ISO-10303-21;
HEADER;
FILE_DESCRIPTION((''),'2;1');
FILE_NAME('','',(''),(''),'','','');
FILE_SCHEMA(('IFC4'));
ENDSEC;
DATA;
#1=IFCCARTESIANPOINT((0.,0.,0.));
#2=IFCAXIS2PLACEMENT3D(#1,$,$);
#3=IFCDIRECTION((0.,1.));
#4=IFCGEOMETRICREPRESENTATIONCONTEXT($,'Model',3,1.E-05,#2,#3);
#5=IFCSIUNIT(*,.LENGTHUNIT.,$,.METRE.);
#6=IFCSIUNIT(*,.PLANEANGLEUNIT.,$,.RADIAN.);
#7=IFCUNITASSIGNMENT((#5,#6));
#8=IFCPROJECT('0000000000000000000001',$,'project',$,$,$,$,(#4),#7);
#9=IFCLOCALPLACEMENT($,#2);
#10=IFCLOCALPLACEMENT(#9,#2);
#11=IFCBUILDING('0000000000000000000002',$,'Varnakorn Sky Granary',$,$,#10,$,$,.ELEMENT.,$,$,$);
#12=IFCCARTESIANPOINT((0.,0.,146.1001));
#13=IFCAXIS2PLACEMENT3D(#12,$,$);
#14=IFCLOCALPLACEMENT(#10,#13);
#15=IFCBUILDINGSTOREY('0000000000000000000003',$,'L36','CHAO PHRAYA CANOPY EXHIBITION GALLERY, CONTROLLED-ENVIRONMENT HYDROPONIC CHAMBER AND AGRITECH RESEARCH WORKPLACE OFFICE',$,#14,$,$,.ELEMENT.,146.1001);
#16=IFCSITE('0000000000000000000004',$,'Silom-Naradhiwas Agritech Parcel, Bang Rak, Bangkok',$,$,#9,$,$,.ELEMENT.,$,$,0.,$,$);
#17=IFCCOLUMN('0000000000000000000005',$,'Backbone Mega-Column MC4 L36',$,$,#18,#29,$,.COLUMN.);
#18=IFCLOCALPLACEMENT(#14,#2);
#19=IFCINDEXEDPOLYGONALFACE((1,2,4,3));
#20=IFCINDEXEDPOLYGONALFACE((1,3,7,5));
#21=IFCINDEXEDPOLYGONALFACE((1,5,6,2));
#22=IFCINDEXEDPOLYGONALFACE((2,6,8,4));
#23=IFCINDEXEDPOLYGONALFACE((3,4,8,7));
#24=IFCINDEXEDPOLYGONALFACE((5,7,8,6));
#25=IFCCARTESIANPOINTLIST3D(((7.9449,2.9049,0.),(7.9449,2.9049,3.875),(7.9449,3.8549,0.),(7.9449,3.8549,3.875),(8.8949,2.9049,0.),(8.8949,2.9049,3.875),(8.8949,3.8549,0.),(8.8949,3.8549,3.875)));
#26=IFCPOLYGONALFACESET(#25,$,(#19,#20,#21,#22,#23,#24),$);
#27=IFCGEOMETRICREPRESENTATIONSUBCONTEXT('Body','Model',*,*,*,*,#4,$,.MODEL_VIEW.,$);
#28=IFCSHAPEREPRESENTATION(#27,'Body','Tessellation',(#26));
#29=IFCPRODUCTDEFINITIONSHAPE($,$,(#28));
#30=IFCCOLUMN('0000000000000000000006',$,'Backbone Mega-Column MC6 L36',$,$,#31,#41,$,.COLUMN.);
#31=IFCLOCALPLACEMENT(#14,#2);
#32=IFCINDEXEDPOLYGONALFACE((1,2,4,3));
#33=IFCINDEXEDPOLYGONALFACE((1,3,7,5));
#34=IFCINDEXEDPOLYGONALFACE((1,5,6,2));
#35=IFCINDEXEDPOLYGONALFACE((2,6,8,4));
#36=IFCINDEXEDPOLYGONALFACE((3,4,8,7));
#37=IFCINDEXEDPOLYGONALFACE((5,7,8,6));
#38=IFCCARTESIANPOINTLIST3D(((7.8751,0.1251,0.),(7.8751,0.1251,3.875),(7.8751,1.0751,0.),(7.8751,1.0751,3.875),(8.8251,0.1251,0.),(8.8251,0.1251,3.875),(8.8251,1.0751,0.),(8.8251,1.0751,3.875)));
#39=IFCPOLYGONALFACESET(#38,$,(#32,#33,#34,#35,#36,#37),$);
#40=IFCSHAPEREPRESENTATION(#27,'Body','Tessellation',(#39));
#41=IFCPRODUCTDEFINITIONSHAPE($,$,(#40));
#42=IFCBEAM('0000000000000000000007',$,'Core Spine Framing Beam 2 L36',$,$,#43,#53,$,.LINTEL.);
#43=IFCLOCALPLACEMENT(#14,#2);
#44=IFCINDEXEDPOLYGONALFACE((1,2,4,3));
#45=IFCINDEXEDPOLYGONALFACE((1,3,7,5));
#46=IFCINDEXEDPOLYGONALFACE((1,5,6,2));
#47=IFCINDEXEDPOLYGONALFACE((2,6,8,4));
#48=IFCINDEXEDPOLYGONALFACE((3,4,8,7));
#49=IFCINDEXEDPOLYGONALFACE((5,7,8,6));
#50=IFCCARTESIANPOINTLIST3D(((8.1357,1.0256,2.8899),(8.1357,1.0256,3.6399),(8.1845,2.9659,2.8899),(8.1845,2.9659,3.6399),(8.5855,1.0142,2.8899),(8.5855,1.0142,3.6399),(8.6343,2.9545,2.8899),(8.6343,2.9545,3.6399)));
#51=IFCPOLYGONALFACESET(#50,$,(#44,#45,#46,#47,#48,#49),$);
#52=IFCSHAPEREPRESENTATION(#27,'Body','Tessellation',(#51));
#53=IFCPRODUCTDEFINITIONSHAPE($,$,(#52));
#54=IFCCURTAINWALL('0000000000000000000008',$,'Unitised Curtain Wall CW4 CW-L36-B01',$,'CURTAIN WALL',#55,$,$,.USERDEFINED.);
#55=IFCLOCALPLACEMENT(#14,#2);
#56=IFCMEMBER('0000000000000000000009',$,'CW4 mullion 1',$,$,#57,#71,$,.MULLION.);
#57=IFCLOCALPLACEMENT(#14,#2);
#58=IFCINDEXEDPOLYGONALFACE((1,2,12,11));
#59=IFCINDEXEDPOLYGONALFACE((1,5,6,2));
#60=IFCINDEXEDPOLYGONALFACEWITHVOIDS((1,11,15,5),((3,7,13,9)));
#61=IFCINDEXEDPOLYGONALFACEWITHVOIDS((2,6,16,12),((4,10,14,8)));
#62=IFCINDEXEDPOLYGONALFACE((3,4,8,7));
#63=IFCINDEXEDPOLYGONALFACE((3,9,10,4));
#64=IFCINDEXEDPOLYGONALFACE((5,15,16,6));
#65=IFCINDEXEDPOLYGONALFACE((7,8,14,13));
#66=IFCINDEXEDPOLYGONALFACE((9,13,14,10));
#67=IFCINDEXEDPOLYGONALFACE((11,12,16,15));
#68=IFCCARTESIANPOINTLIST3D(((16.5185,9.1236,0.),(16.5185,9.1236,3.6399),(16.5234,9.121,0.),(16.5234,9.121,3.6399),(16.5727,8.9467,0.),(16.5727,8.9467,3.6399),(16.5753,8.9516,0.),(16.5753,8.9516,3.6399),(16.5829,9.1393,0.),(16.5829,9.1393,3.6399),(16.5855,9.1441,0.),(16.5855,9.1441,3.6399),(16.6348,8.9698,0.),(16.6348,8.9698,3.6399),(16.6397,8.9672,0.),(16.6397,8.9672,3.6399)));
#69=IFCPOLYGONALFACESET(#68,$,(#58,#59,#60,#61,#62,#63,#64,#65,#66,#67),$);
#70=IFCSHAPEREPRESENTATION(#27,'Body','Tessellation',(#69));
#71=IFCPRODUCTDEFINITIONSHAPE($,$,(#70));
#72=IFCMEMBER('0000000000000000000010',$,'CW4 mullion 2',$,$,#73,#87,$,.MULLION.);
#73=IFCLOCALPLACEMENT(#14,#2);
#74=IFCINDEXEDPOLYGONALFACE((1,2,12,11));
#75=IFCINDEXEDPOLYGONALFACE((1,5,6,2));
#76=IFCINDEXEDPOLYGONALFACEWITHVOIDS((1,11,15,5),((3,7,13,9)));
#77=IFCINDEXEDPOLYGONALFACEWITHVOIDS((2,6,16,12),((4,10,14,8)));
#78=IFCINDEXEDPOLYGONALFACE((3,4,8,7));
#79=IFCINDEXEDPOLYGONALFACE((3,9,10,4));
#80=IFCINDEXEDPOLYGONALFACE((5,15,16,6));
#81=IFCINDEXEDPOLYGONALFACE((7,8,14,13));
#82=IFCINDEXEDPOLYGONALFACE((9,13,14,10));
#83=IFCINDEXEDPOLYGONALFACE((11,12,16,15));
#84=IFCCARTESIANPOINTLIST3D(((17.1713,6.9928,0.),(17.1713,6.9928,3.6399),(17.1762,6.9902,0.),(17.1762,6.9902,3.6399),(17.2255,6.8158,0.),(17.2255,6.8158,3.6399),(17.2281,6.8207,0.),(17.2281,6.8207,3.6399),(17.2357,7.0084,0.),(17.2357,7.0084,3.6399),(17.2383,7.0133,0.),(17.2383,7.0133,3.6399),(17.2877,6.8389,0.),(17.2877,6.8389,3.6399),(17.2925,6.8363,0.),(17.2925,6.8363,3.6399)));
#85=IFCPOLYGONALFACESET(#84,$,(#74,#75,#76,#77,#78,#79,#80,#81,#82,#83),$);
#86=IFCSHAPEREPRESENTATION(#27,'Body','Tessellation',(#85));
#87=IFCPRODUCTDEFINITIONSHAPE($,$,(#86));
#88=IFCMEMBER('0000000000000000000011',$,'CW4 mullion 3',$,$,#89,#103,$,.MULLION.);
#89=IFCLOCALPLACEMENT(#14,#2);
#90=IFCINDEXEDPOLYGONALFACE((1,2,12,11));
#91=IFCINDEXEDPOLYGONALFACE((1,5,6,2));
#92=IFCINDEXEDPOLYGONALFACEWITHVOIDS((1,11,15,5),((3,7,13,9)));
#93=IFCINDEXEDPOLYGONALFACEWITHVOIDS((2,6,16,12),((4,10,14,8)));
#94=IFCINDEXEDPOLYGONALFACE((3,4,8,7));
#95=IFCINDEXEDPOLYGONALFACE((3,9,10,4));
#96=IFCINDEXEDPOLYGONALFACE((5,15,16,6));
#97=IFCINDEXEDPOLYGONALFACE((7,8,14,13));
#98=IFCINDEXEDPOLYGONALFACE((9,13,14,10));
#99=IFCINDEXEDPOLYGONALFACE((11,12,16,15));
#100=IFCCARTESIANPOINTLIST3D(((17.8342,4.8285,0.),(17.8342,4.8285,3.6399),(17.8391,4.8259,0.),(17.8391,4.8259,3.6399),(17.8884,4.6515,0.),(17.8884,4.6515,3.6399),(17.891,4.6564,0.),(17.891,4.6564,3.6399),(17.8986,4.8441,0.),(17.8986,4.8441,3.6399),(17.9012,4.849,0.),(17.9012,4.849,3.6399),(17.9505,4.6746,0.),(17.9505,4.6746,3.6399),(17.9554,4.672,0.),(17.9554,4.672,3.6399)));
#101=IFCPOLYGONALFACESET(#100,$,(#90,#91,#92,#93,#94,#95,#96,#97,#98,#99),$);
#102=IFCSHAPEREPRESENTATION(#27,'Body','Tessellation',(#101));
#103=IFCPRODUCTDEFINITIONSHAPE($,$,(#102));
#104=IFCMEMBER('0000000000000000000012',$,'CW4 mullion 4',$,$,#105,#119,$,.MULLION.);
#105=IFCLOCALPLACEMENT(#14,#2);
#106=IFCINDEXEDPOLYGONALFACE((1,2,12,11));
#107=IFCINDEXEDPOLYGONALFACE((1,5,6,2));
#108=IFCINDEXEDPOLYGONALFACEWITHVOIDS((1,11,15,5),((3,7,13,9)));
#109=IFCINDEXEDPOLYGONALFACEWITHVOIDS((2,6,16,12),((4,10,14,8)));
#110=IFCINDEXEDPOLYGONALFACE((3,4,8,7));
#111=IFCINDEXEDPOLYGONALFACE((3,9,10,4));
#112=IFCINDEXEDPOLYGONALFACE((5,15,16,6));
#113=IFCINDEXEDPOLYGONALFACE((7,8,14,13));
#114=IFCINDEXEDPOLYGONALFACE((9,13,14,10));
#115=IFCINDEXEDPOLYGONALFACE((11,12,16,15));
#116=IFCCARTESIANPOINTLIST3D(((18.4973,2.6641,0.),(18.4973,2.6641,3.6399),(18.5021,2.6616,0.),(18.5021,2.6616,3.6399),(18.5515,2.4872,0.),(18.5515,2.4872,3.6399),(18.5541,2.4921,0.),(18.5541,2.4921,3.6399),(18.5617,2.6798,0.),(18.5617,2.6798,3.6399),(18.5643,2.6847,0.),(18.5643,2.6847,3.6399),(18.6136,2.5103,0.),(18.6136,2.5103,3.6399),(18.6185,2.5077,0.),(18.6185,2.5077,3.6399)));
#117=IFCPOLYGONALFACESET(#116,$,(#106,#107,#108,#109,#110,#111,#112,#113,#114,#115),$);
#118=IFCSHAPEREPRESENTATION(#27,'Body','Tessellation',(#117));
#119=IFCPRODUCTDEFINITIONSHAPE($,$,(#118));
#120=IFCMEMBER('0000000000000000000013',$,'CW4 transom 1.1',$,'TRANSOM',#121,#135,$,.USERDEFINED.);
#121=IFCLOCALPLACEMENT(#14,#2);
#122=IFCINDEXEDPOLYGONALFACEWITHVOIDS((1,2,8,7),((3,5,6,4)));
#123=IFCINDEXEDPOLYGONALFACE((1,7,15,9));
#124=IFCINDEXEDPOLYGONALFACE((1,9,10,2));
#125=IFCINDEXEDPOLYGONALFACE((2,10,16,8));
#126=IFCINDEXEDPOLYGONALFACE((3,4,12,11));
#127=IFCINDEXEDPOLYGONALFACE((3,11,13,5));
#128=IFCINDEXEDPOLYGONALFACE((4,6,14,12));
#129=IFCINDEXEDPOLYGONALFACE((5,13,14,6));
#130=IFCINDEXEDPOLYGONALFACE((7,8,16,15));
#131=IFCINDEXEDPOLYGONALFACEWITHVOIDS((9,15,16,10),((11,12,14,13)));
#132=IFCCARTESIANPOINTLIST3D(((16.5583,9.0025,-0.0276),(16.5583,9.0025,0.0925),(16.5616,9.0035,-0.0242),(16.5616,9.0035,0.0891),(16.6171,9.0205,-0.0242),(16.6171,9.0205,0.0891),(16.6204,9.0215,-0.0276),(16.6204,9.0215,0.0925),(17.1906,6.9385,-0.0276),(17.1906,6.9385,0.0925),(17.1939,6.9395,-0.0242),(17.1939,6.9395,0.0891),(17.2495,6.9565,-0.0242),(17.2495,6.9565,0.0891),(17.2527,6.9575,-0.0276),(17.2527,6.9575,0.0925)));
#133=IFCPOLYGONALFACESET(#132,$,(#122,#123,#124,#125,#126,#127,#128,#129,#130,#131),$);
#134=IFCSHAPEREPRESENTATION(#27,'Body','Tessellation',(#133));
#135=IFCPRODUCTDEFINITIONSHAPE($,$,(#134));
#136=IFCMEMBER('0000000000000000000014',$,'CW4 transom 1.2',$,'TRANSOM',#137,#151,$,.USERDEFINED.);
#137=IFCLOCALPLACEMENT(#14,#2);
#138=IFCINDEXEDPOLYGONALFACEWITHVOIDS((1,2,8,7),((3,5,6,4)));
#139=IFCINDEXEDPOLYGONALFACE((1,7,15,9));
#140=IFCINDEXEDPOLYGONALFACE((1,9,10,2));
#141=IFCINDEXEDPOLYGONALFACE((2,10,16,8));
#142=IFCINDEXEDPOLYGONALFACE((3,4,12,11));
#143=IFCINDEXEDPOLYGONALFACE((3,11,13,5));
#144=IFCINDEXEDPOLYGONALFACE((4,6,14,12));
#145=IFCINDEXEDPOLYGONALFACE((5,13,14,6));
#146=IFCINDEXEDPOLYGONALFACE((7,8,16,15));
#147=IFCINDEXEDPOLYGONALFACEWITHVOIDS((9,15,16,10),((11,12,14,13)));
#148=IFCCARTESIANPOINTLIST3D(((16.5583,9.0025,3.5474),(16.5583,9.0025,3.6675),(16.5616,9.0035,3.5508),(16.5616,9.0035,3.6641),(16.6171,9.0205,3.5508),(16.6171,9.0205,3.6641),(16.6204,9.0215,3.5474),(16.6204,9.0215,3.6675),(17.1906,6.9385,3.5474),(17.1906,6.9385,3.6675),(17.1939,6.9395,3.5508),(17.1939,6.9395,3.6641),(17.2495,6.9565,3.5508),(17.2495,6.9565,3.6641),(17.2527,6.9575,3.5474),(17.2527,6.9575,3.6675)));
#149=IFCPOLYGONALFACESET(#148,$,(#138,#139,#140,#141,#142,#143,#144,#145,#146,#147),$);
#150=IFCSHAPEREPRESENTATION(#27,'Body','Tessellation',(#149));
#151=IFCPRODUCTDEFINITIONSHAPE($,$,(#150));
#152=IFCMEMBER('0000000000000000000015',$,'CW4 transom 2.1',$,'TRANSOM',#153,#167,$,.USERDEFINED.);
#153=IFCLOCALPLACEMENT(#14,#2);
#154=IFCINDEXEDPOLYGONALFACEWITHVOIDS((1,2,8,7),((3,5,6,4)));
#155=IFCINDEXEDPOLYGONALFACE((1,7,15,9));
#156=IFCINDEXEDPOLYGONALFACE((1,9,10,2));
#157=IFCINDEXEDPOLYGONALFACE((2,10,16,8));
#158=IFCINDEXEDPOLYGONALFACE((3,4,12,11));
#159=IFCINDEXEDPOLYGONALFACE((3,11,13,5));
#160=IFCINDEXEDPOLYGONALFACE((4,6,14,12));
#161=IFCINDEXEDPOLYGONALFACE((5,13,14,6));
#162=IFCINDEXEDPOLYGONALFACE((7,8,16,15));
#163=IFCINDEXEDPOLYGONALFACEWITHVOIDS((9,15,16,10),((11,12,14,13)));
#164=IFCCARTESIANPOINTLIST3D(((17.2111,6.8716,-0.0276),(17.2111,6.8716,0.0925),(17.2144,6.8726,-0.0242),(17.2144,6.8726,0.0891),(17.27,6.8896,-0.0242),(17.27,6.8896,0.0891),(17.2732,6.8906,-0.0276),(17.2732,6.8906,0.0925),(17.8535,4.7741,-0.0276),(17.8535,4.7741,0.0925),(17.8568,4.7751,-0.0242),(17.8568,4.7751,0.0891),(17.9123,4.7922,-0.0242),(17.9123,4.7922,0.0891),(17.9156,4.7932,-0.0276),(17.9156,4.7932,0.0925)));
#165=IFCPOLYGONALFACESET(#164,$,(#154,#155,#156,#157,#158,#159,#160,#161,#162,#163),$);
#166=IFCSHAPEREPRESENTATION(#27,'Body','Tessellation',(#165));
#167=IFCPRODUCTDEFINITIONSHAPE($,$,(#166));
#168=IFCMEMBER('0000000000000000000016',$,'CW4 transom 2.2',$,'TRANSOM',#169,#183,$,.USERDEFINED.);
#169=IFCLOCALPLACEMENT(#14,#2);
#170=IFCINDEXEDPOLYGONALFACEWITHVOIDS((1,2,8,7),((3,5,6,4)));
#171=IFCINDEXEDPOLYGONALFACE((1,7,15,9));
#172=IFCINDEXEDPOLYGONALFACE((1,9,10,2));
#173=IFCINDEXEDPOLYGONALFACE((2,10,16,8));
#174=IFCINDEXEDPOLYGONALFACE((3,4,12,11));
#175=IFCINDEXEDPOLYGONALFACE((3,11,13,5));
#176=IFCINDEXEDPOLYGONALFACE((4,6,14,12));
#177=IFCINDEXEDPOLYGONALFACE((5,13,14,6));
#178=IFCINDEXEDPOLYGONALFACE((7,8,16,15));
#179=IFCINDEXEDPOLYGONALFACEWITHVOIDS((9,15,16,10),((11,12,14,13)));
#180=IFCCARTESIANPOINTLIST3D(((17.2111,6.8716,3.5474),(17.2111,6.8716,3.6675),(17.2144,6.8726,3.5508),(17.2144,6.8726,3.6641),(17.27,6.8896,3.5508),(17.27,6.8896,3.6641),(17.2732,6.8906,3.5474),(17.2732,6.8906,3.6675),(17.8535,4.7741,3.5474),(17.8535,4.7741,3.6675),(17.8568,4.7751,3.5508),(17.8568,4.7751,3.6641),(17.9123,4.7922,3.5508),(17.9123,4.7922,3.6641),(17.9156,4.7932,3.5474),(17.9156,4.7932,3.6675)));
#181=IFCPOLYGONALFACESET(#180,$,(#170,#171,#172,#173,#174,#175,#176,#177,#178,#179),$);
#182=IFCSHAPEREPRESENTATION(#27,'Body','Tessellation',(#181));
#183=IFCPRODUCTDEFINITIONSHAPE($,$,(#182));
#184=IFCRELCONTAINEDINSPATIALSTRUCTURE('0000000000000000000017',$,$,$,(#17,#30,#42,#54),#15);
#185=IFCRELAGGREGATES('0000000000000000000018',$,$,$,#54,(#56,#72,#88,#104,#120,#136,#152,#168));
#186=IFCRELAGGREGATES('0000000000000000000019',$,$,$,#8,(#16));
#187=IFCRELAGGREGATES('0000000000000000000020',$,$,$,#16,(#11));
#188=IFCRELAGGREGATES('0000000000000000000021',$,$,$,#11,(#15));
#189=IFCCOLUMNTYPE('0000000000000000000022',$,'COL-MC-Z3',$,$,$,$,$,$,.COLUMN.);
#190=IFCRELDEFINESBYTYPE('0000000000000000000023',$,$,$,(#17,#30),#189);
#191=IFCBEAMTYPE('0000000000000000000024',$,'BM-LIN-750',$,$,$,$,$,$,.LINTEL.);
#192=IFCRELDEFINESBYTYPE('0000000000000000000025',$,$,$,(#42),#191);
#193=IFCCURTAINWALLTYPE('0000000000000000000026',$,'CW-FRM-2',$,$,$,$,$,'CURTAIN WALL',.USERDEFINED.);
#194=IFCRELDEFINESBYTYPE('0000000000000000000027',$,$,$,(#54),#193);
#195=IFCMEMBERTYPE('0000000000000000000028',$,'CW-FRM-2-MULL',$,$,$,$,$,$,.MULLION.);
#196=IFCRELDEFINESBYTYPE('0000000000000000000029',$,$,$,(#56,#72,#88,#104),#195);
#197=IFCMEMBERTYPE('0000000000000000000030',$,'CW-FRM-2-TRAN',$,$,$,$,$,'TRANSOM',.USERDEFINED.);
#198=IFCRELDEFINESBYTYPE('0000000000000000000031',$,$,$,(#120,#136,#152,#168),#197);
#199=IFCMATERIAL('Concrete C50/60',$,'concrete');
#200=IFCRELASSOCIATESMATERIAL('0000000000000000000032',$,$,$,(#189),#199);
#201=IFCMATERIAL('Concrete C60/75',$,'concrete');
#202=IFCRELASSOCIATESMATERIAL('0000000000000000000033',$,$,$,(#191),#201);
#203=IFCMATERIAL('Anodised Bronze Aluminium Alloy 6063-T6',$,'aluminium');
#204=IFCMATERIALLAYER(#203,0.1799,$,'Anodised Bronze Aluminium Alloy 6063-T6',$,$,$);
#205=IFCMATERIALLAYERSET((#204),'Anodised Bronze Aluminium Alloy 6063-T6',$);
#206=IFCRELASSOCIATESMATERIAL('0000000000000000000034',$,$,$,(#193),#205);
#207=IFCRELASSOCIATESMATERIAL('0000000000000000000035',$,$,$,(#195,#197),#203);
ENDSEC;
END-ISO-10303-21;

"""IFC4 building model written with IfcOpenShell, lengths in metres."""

from ifc_helpers import new_model, si_unit, direction, frame, origin, origin_2d, place, context, subcontext, project, spatial, rectangle, hollow_rectangle, extrude, material, layer, layer_set, material_profile, profile_set, type_object, element, aggregate, save


model = new_model("IFC4")

# Units and contexts
model_context = context("Model", 3, precision=1e-05, world=origin(), true_north=direction((0.0, 1.0)))
body_context = subcontext(model_context, "Body", "Model", "MODEL_VIEW")
ifc_project = project(units=[si_unit("LENGTHUNIT", "METRE"), si_unit("PLANEANGLEUNIT", "RADIAN")], contexts=[model_context])

# Site, building, storey
site_placement = place(None, origin())
site = spatial("IfcSite", under=ifc_project, at=site_placement, Name="Silom-Naradhiwas Agritech Parcel, Bang Rak, Bangkok", CompositionType="ELEMENT", RefElevation=0.0)
building_placement = place(site_placement, origin())
building = spatial("IfcBuilding", under=site, at=building_placement, Name="Varnakorn Sky Granary", CompositionType="ELEMENT")
storey_placement = place(building_placement, frame((0.0, 0.0, 146.1001)))
storey = spatial("IfcBuildingStorey", under=building, at=storey_placement, Name="L36", Description="CHAO PHRAYA CANOPY EXHIBITION GALLERY, CONTROLLED-ENVIRONMENT HYDROPONIC CHAMBER AND AGRITECH RESEARCH WORKPLACE OFFICE", CompositionType="ELEMENT", Elevation=146.1001)

# Columns
ifc_material_1 = material(Name="Concrete C50/60", Category="concrete")
ifc_material_profile_1 = material_profile(ifc_material_1, rectangle(XDim=0.95, YDim=0.95, at=origin_2d()), Name="RC 950x950")
ifc_profile_set_1 = profile_set([ifc_material_profile_1], Name="Concrete C50/60")
column_type = type_object("IfcColumnType", Name="COL-MC-Z3", PredefinedType="COLUMN", material=ifc_profile_set_1)
for number, where, z_axis, x_axis, name in (
    (1, (8.4199, 3.3799, 0.0), (0.0, 0.0, 1.0), (1.0, 0.0, 0.0), "Backbone Mega-Column MC4 L36"),
    (2, (8.3501, 0.6001, 0.0), (0.0, 0.0, 1.0), (1.0, 0.0, 0.0), "Backbone Mega-Column MC6 L36"),
):
    element("IfcColumn", number, at=place(storey_placement, frame(where, z_axis=z_axis, x_axis=x_axis)), inside=storey, type_object=column_type, Name=name, PredefinedType="COLUMN", context=body_context, shape_type="SweptSolid", body=[
        extrude(rectangle(XDim=0.95, YDim=0.95, at=origin_2d()), origin(), (0.0, 0.0, 1.0), 3.875),
    ])

# Beam
ifc_material_2 = material(Name="Concrete C60/75", Category="concrete")
ifc_material_profile_2 = material_profile(ifc_material_2, rectangle(XDim=0.45, YDim=0.75, at=origin_2d()), Name="RC 450x750")
ifc_profile_set_2 = profile_set([ifc_material_profile_2], Name="Concrete C60/75")
beam_type = type_object("IfcBeamType", Name="BM-LIN-750", PredefinedType="LINTEL", material=ifc_profile_set_2)
beam_placement = place(storey_placement, frame((8.4094, 2.9602, 3.2649), z_axis=(-0.025159, -0.999683, 0.0), x_axis=(0.999683, -0.025159, 0.0)))
element("IfcBeam", 3, at=beam_placement, inside=storey, type_object=beam_type, Name="Core Spine Framing Beam 2 L36", PredefinedType="LINTEL", context=body_context, shape_type="SweptSolid", body=[
    extrude(rectangle(XDim=0.45, YDim=0.75, at=origin_2d()), origin(), (0.0, 0.0, 1.0), 1.9409),
])

# Curtain wall, members
ifc_material_3 = material(Name="Anodised Bronze Aluminium Alloy 6063-T6", Category="aluminium")
ifc_layer_1 = layer(ifc_material_3, 0.1799, Name="Anodised Bronze Aluminium Alloy 6063-T6")
ifc_layer_set_1 = layer_set([ifc_layer_1], Name="Anodised Bronze Aluminium Alloy 6063-T6")
curtain_wall_type = type_object("IfcCurtainWallType", Name="CW-FRM-2", ElementType="CURTAIN WALL", PredefinedType="USERDEFINED", material=ifc_layer_set_1)
curtain_wall_placement = place(storey_placement, origin())
curtain_wall = element("IfcCurtainWall", 4, at=curtain_wall_placement, inside=storey, type_object=curtain_wall_type, Name="Unitised Curtain Wall CW4 CW-L36-B01", ObjectType="CURTAIN WALL", PredefinedType="USERDEFINED")
ifc_material_profile_3 = material_profile(ifc_material_3, hollow_rectangle(XDim=0.0701, YDim=0.1851, WallThickness=0.0039, at=origin_2d()), Name="ALU MULL 70x185")
ifc_profile_set_3 = profile_set([ifc_material_profile_3], Name="Anodised Bronze Aluminium Alloy 6063-T6")
member_type_1 = type_object("IfcMemberType", Name="CW-FRM-2-MULL", PredefinedType="MULLION", material=ifc_profile_set_3)
member_1_placement = place(storey_placement, frame((16.5791, 9.0454, 0.0), z_axis=(0.0, 0.0, 1.0), x_axis=(0.956145, 0.292893, 0.0)))
member_1 = element("IfcMember", 5, at=member_1_placement, type_object=member_type_1, Name="CW4 mullion 1", PredefinedType="MULLION", context=body_context, shape_type="SweptSolid", body=[
    extrude(hollow_rectangle(XDim=0.0701, YDim=0.1851, WallThickness=0.0039, at=origin_2d()), origin(), (0.0, 0.0, 1.0), 3.6399),
])
member_2_placement = place(storey_placement, frame((17.2319, 6.9146, 0.0), z_axis=(0.0, 0.0, 1.0), x_axis=(0.956145, 0.292893, 0.0)))
member_2 = element("IfcMember", 6, at=member_2_placement, type_object=member_type_1, Name="CW4 mullion 2", PredefinedType="MULLION", context=body_context, shape_type="SweptSolid", body=[
    extrude(hollow_rectangle(XDim=0.0701, YDim=0.1851, WallThickness=0.0039, at=origin_2d()), origin(), (0.0, 0.0, 1.0), 3.6399),
])
member_3_placement = place(storey_placement, frame((17.8948, 4.7502, 0.0), z_axis=(0.0, 0.0, 1.0), x_axis=(0.956145, 0.292893, 0.0)))
member_3 = element("IfcMember", 7, at=member_3_placement, type_object=member_type_1, Name="CW4 mullion 3", PredefinedType="MULLION", context=body_context, shape_type="SweptSolid", body=[
    extrude(hollow_rectangle(XDim=0.0701, YDim=0.1851, WallThickness=0.0039, at=origin_2d()), origin(), (0.0, 0.0, 1.0), 3.6399),
])
member_4_placement = place(storey_placement, frame((18.5579, 2.5859, 0.0), z_axis=(0.0, 0.0, 1.0), x_axis=(0.956145, 0.292893, 0.0)))
member_4 = element("IfcMember", 8, at=member_4_placement, type_object=member_type_1, Name="CW4 mullion 4", PredefinedType="MULLION", context=body_context, shape_type="SweptSolid", body=[
    extrude(hollow_rectangle(XDim=0.0701, YDim=0.1851, WallThickness=0.0039, at=origin_2d()), origin(), (0.0, 0.0, 1.0), 3.6399),
])
ifc_material_profile_4 = material_profile(ifc_material_3, hollow_rectangle(XDim=0.0649, YDim=0.1201, WallThickness=0.0034, at=origin_2d()), Name="ALU TRAN 65x120")
ifc_profile_set_4 = profile_set([ifc_material_profile_4], Name="Anodised Bronze Aluminium Alloy 6063-T6")
member_type_2 = type_object("IfcMemberType", Name="CW-FRM-2-TRAN", ElementType="TRANSOM", PredefinedType="USERDEFINED", material=ifc_profile_set_4)
member_5_placement = place(storey_placement, frame((16.5894, 9.012, 0.0325), z_axis=(0.292925, -0.956135, 0.0), x_axis=(0.956135, 0.292925, 0.0)))
member_5 = element("IfcMember", 9, at=member_5_placement, type_object=member_type_2, Name="CW4 transom 1.1", ObjectType="TRANSOM", PredefinedType="USERDEFINED", context=body_context, shape_type="SweptSolid", body=[
    extrude(hollow_rectangle(XDim=0.0649, YDim=0.1201, WallThickness=0.0034, at=origin_2d()), origin(), (0.0, 0.0, 1.0), 2.1587),
])
member_6_placement = place(storey_placement, frame((16.5894, 9.012, 3.6074), z_axis=(0.292925, -0.956135, 0.0), x_axis=(0.956135, 0.292925, 0.0)))
member_6 = element("IfcMember", 10, at=member_6_placement, type_object=member_type_2, Name="CW4 transom 1.2", ObjectType="TRANSOM", PredefinedType="USERDEFINED", context=body_context, shape_type="SweptSolid", body=[
    extrude(hollow_rectangle(XDim=0.0649, YDim=0.1201, WallThickness=0.0034, at=origin_2d()), origin(), (0.0, 0.0, 1.0), 2.1587),
])
member_7_placement = place(storey_placement, frame((17.2422, 6.8811, 0.0325), z_axis=(0.292826, -0.956166, 0.0), x_axis=(0.956166, 0.292826, 0.0)))
member_7 = element("IfcMember", 11, at=member_7_placement, type_object=member_type_2, Name="CW4 transom 2.1", ObjectType="TRANSOM", PredefinedType="USERDEFINED", context=body_context, shape_type="SweptSolid", body=[
    extrude(hollow_rectangle(XDim=0.0649, YDim=0.1201, WallThickness=0.0034, at=origin_2d()), origin(), (0.0, 0.0, 1.0), 2.1936),
])
member_8_placement = place(storey_placement, frame((17.2422, 6.8811, 3.6074), z_axis=(0.292826, -0.956166, 0.0), x_axis=(0.956166, 0.292826, 0.0)))
member_8 = element("IfcMember", 12, at=member_8_placement, type_object=member_type_2, Name="CW4 transom 2.2", ObjectType="TRANSOM", PredefinedType="USERDEFINED", context=body_context, shape_type="SweptSolid", body=[
    extrude(hollow_rectangle(XDim=0.0649, YDim=0.1201, WallThickness=0.0034, at=origin_2d()), origin(), (0.0, 0.0, 1.0), 2.1936),
])
aggregate(curtain_wall, [member_1, member_2, member_3, member_4, member_5, member_6, member_7, member_8])

save(model, "model.ifc")
